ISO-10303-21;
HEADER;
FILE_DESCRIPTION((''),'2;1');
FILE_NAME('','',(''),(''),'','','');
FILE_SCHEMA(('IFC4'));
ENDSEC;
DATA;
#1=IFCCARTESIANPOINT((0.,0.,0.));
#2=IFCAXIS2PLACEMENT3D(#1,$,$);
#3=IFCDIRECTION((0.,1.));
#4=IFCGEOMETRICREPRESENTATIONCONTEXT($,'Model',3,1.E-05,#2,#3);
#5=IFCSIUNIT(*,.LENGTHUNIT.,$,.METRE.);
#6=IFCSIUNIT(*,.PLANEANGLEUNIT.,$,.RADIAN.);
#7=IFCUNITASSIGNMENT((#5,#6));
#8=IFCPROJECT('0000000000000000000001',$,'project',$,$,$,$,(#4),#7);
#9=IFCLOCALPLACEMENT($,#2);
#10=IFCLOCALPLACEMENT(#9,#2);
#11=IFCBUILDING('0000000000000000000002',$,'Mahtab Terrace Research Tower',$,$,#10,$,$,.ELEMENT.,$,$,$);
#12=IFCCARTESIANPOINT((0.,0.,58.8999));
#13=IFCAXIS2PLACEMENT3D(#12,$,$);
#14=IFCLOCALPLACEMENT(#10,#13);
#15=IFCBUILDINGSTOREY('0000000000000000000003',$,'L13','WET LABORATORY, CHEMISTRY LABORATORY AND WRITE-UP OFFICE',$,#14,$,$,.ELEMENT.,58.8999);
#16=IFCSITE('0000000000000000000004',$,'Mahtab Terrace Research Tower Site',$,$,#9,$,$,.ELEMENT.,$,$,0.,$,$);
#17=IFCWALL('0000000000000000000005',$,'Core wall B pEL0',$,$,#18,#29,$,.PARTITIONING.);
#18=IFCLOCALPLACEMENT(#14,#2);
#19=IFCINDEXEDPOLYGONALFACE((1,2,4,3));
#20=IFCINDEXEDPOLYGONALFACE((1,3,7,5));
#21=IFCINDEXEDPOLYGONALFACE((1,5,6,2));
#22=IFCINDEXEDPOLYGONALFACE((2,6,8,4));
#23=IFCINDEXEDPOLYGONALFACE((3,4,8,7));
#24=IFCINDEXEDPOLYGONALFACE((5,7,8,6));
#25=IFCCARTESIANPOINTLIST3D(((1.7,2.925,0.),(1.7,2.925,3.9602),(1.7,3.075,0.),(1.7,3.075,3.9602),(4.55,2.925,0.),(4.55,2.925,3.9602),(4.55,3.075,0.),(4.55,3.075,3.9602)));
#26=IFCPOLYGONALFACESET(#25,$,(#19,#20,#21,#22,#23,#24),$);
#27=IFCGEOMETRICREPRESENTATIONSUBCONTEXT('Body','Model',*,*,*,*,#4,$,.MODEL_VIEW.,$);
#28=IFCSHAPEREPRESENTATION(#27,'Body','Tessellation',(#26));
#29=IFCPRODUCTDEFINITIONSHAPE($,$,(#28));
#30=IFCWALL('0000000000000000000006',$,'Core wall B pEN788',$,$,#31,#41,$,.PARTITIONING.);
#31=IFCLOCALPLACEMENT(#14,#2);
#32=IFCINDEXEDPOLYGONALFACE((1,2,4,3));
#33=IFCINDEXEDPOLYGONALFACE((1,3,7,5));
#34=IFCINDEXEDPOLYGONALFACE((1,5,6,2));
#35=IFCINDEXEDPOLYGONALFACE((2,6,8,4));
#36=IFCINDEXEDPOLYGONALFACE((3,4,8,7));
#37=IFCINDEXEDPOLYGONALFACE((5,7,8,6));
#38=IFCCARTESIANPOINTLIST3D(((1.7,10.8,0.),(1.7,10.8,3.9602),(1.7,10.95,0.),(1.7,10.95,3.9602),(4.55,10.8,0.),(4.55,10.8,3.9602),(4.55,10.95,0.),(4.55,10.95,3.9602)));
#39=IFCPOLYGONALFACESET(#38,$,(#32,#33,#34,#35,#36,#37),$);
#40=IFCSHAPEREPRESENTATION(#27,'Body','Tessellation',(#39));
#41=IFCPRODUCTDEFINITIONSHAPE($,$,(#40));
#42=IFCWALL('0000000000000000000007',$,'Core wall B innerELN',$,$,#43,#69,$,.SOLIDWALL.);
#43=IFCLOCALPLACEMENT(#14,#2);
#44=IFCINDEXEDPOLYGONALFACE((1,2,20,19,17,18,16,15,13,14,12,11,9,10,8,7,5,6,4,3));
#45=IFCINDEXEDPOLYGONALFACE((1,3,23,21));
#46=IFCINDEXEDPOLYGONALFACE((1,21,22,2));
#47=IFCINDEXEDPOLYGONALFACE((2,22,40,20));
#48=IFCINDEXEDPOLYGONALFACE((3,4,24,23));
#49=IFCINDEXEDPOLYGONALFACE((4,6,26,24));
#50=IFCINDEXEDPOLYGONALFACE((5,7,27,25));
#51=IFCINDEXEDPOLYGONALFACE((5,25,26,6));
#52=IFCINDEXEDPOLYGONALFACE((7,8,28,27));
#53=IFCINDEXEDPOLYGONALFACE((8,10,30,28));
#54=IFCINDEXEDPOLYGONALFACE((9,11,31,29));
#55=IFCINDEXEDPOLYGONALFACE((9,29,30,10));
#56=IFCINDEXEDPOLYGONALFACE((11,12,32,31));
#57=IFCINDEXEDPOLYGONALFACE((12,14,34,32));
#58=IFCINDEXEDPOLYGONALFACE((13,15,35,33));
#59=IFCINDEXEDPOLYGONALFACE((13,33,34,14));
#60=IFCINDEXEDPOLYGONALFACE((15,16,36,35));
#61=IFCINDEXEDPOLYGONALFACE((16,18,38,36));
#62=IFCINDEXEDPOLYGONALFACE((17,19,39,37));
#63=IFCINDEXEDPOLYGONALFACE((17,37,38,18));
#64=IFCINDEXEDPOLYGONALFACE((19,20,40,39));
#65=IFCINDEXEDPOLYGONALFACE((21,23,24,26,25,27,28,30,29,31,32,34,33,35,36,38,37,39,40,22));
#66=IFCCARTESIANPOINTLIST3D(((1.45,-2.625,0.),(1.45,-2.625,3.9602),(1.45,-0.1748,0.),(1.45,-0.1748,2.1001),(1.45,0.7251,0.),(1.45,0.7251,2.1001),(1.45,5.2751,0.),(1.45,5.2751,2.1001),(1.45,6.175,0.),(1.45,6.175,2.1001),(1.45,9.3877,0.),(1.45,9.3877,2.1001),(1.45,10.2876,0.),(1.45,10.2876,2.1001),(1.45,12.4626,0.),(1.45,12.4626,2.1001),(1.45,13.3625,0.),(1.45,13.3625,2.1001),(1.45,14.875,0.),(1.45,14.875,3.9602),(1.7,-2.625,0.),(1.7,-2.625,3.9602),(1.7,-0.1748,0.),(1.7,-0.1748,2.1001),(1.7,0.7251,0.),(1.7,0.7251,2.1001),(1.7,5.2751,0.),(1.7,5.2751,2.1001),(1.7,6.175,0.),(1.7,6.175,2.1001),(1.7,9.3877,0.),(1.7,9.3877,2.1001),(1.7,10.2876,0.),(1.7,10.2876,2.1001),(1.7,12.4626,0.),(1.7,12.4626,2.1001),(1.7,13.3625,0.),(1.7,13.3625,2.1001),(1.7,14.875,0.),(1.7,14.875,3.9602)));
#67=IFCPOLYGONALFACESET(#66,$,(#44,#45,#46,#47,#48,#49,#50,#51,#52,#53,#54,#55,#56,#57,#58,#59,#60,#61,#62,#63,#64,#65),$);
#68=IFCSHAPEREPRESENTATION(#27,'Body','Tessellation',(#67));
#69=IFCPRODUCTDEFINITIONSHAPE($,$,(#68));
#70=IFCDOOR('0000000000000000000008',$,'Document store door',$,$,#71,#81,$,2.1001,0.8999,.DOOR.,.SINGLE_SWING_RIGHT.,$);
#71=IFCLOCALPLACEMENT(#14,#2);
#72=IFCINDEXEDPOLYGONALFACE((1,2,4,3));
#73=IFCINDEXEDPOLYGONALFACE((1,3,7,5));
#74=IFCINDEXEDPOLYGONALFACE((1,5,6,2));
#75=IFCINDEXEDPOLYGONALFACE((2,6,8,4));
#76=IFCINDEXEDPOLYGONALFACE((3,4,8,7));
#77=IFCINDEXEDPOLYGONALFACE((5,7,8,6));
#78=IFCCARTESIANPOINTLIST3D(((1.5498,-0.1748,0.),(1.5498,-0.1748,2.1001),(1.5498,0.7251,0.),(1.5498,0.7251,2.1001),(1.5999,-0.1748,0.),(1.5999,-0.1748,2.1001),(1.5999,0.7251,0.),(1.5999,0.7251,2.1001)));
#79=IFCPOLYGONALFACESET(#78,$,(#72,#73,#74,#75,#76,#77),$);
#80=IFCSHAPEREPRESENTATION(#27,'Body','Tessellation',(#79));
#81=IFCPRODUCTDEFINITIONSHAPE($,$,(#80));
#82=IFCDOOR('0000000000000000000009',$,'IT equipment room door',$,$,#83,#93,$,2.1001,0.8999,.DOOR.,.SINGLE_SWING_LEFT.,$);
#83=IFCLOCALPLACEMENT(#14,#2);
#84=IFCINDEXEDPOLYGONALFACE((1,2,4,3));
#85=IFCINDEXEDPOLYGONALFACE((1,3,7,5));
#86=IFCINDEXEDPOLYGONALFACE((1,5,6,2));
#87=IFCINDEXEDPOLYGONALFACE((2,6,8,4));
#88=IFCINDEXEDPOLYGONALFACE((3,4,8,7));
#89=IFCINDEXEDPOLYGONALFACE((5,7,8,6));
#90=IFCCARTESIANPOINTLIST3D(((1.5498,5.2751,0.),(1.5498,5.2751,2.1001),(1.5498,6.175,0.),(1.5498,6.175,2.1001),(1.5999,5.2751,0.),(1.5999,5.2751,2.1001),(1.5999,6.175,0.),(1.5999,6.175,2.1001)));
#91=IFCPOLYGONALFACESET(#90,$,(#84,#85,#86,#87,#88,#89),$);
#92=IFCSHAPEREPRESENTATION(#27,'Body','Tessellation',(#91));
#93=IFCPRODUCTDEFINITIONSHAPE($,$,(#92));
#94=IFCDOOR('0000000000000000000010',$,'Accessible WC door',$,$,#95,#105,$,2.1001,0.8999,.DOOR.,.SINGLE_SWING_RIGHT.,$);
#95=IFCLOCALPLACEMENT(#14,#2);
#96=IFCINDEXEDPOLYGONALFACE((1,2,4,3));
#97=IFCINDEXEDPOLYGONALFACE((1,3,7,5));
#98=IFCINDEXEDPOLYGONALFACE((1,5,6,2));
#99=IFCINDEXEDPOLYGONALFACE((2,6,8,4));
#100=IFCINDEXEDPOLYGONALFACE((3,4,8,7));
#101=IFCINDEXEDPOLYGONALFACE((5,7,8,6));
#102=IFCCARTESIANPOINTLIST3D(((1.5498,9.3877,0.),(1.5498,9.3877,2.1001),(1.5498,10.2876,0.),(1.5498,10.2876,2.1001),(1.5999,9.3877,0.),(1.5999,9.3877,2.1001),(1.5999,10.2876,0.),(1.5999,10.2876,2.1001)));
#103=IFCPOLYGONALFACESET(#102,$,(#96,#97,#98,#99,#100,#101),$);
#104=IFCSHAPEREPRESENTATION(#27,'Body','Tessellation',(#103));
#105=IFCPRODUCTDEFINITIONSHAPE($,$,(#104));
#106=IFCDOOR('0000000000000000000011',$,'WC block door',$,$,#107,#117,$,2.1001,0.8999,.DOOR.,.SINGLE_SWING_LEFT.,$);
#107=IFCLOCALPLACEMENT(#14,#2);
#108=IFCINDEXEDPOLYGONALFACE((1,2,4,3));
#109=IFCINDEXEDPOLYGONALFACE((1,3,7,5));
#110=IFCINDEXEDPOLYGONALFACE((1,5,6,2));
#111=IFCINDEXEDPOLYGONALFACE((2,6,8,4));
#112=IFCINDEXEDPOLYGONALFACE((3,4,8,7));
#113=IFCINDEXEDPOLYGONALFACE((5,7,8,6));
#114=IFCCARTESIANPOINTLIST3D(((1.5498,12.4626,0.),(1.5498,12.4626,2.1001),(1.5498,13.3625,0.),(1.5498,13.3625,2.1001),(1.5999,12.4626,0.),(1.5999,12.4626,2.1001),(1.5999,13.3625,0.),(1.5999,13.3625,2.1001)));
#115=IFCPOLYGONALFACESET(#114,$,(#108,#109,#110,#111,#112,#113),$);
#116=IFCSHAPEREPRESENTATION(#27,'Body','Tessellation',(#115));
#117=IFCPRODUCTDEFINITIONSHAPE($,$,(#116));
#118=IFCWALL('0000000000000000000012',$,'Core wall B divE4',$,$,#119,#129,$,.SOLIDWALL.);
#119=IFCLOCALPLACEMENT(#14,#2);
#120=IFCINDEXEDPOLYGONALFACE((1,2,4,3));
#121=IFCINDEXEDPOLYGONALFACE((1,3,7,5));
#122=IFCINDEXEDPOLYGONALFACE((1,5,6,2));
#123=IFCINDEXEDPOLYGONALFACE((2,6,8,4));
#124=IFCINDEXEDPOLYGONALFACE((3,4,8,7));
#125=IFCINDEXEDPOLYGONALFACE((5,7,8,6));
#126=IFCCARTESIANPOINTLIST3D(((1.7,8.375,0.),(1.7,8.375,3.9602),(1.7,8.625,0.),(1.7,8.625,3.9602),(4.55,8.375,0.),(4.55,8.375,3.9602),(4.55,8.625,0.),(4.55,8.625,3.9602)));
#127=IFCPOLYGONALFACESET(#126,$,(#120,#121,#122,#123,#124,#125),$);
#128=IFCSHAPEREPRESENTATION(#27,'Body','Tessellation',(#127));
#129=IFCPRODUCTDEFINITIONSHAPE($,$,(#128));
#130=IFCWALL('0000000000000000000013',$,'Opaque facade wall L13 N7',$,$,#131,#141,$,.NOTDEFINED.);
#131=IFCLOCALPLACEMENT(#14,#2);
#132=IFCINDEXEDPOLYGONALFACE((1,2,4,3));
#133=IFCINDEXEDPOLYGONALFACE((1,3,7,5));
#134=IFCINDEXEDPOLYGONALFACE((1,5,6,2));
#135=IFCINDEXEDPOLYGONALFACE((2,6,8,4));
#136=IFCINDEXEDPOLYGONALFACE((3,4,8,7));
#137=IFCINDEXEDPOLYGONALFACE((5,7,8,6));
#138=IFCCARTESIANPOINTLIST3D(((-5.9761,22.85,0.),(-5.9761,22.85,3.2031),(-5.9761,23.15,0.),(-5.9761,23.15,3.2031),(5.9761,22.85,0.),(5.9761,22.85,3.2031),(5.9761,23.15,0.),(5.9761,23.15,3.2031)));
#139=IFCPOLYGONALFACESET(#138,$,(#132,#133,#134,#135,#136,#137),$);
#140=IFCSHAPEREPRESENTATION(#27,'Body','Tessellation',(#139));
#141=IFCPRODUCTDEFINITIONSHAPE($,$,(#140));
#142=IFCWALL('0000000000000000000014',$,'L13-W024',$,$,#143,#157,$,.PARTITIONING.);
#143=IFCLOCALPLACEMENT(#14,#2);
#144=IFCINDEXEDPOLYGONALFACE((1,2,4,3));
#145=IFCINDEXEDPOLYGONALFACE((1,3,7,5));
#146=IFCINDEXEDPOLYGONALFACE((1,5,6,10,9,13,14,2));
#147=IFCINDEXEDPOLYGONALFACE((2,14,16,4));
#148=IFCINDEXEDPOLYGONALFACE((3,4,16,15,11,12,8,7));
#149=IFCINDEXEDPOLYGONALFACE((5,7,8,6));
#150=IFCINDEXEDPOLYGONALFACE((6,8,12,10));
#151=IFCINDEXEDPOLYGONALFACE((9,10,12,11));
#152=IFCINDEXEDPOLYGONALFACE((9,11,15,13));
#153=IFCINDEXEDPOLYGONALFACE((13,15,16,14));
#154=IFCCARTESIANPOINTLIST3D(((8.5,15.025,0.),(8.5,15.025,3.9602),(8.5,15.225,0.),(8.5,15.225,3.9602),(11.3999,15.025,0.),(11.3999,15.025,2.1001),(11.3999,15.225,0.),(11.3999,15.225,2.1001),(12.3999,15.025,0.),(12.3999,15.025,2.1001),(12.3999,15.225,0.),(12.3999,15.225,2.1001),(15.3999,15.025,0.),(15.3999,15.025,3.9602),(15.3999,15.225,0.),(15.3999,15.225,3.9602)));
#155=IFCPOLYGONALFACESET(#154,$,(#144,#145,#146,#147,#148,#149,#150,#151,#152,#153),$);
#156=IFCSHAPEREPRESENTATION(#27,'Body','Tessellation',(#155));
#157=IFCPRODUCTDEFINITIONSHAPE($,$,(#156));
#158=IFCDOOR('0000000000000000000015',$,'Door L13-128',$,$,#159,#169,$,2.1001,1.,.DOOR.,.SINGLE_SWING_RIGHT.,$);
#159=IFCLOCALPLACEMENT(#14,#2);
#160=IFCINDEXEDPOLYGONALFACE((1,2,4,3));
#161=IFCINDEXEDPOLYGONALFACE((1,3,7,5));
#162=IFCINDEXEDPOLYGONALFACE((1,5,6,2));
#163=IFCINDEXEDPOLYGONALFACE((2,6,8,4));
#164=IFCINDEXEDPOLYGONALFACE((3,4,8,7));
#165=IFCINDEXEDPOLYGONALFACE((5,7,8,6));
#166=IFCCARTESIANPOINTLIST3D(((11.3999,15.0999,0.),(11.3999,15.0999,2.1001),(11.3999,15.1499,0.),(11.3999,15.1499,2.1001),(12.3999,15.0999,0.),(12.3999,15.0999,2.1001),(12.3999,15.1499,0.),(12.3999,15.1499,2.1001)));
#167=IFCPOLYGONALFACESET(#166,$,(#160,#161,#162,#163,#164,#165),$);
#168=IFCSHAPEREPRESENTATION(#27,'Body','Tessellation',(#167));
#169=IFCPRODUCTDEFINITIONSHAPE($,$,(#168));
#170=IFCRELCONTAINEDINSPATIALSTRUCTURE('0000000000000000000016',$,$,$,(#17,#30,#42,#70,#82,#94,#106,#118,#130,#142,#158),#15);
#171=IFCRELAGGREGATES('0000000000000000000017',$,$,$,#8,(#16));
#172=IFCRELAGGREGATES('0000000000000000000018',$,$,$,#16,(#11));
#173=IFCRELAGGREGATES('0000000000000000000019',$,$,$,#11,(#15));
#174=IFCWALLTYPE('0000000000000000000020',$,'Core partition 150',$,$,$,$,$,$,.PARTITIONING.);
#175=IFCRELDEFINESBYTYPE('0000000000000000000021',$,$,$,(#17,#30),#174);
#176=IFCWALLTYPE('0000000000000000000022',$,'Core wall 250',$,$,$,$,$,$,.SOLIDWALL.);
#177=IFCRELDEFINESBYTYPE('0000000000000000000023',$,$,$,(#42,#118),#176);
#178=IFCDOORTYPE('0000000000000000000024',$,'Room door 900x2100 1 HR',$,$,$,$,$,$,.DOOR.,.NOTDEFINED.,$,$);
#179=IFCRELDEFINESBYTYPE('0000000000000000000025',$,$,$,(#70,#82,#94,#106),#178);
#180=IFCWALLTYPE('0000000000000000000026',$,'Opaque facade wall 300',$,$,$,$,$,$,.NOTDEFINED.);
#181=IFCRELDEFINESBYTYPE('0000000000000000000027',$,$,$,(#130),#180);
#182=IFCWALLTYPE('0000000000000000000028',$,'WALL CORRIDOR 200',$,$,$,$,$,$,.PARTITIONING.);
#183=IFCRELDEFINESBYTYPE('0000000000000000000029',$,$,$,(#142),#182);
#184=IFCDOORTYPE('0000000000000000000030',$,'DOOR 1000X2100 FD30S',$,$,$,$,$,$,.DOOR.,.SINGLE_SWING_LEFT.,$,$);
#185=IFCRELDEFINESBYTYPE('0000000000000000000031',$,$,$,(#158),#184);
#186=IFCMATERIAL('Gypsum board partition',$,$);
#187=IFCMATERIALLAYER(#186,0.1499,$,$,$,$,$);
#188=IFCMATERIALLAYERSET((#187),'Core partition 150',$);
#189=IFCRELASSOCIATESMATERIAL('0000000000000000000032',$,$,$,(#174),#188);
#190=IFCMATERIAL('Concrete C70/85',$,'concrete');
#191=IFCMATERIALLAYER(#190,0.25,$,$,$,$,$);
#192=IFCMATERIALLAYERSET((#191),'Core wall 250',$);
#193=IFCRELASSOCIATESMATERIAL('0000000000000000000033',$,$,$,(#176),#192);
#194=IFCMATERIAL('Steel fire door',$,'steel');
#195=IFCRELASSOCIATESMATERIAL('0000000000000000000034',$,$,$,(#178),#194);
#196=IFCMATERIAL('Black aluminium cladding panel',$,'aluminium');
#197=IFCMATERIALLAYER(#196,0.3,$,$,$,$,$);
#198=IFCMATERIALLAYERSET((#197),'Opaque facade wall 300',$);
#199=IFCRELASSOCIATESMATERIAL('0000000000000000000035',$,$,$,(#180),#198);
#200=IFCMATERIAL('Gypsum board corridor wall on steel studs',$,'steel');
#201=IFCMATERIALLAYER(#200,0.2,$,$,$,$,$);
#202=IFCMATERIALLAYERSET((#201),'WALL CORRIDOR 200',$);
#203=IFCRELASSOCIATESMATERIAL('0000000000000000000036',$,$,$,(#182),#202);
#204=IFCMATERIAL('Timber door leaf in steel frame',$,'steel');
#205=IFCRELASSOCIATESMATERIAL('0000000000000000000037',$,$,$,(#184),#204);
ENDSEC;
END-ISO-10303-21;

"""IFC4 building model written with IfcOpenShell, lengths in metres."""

from ifc_helpers import new_model, si_unit, direction, frame, frame_2d, origin, place, context, subcontext, project, spatial, rectangle, extrude, material, layer, layer_set, type_object, element, fill, save


model = new_model("IFC4")

# Units and contexts
model_context = context("Model", 3, precision=1e-05, world=origin(), true_north=direction((0.0, 1.0)))
body_context = subcontext(model_context, "Body", "Model", "MODEL_VIEW")
ifc_project = project(units=[si_unit("LENGTHUNIT", "METRE"), si_unit("PLANEANGLEUNIT", "RADIAN")], contexts=[model_context])

# Site, building, storey
site_placement = place(None, origin())
site = spatial("IfcSite", under=ifc_project, at=site_placement, Name="Mahtab Terrace Research Tower Site", CompositionType="ELEMENT", RefElevation=0.0)
building_placement = place(site_placement, origin())
building = spatial("IfcBuilding", under=site, at=building_placement, Name="Mahtab Terrace Research Tower", CompositionType="ELEMENT")
storey_placement = place(building_placement, frame((0.0, 0.0, 58.8999)))
storey = spatial("IfcBuildingStorey", under=building, at=storey_placement, Name="L13", Description="WET LABORATORY, CHEMISTRY LABORATORY AND WRITE-UP OFFICE", CompositionType="ELEMENT", Elevation=58.8999)

# Shared definitions
ifc_material_1 = material(Name="Concrete C70/85", Category="concrete")

# Walls
ifc_material_2 = material(Name="Gypsum board partition")
ifc_layer_1 = layer(ifc_material_2, 0.1499)
ifc_layer_set_1 = layer_set([ifc_layer_1], Name="Core partition 150")
wall_type_1 = type_object("IfcWallType", Name="Core partition 150", PredefinedType="PARTITIONING", material=ifc_layer_set_1)
for number, where, z_axis, x_axis, name in (
    (1, (1.7, 3.0, 0.0), (0.0, 0.0, 1.0), (1.0, 0.0, 0.0), "Core wall B pEL0"),
    (2, (1.7, 10.875, 0.0), (0.0, 0.0, 1.0), (1.0, 0.0, 0.0), "Core wall B pEN788"),
):
    element("IfcWall", number, at=place(storey_placement, frame(where, z_axis=z_axis, x_axis=x_axis)), inside=storey, type_object=wall_type_1, Name=name, PredefinedType="PARTITIONING", context=body_context, shape_type="SweptSolid", body=[
        extrude(rectangle(XDim=2.8501, YDim=0.1499, at=frame_2d((1.425, 0.0))), origin(), (0.0, 0.0, 1.0), 3.9602),
    ])

# Wall, openings, doors
ifc_layer_2 = layer(ifc_material_1, 0.25)
ifc_layer_set_2 = layer_set([ifc_layer_2], Name="Core wall 250")
wall_type_2 = type_object("IfcWallType", Name="Core wall 250", PredefinedType="SOLIDWALL", material=ifc_layer_set_2)
wall_1_placement = place(storey_placement, frame((1.575, 14.875, 0.0), z_axis=(0.0, 0.0, 1.0), x_axis=(0.0, -1.0, 0.0)))
wall_1 = element("IfcWall", 3, at=wall_1_placement, inside=storey, type_object=wall_type_2, Name="Core wall B innerELN", PredefinedType="SOLIDWALL", context=body_context, shape_type="SweptSolid", body=[
    extrude(rectangle(XDim=17.5, YDim=0.25, at=frame_2d((8.75, 0.0))), origin(), (0.0, 0.0, 1.0), 3.9602),
])
opening_1_placement = place(wall_1_placement, frame((14.1499, 0.0, 0.0)))
opening_1 = element("IfcOpeningElement", 4, at=opening_1_placement, cuts=wall_1, PredefinedType="OPENING", context=body_context, shape_type="SweptSolid", body=[
    extrude(rectangle(XDim=0.8999, YDim=2.1001, at=frame_2d((0.45, 1.05))), frame((0.0, 0.135, 0.0), z_axis=(0.0, -1.0, 0.0), x_axis=(1.0, 0.0, 0.0)), (0.0, 0.0, 1.0), 0.27),
])
opening_2_placement = place(wall_1_placement, frame((8.7, 0.0, 0.0)))
opening_2 = element("IfcOpeningElement", 5, at=opening_2_placement, cuts=wall_1, PredefinedType="OPENING", context=body_context, shape_type="SweptSolid", body=[
    extrude(rectangle(XDim=0.8999, YDim=2.1001, at=frame_2d((0.45, 1.05))), frame((0.0, 0.135, 0.0), z_axis=(0.0, -1.0, 0.0), x_axis=(1.0, 0.0, 0.0)), (0.0, 0.0, 1.0), 0.27),
])
opening_3_placement = place(wall_1_placement, frame((4.5874, 0.0, 0.0)))
opening_3 = element("IfcOpeningElement", 6, at=opening_3_placement, cuts=wall_1, PredefinedType="OPENING", context=body_context, shape_type="SweptSolid", body=[
    extrude(rectangle(XDim=0.8999, YDim=2.1001, at=frame_2d((0.45, 1.05))), frame((0.0, 0.135, 0.0), z_axis=(0.0, -1.0, 0.0), x_axis=(1.0, 0.0, 0.0)), (0.0, 0.0, 1.0), 0.27),
])
opening_4_placement = place(wall_1_placement, frame((1.5125, 0.0, 0.0)))
opening_4 = element("IfcOpeningElement", 7, at=opening_4_placement, cuts=wall_1, PredefinedType="OPENING", context=body_context, shape_type="SweptSolid", body=[
    extrude(rectangle(XDim=0.8999, YDim=2.1001, at=frame_2d((0.45, 1.05))), frame((0.0, 0.135, 0.0), z_axis=(0.0, -1.0, 0.0), x_axis=(1.0, 0.0, 0.0)), (0.0, 0.0, 1.0), 0.27),
])
ifc_material_3 = material(Name="Steel fire door", Category="steel")
door_type_1 = type_object("IfcDoorType", Name="Room door 900x2100 1 HR", OperationType="NOTDEFINED", PredefinedType="DOOR", material=ifc_material_3)
door_1_placement = place(opening_1_placement, origin())
door_1 = element("IfcDoor", 8, at=door_1_placement, inside=storey, type_object=door_type_1, Name="Document store door", OperationType="SINGLE_SWING_RIGHT", OverallHeight=2.1001, OverallWidth=0.8999, PredefinedType="DOOR", context=body_context, shape_type="SweptSolid", body=[
    extrude(rectangle(XDim=0.8999, YDim=2.1001, at=frame_2d((0.45, 1.05))), frame((0.0, 0.0249, 0.0), z_axis=(0.0, -1.0, 0.0), x_axis=(1.0, 0.0, 0.0)), (0.0, 0.0, 1.0), 0.05),
])
fill(opening_1, door_1)
door_2_placement = place(opening_2_placement, origin())
door_2 = element("IfcDoor", 9, at=door_2_placement, inside=storey, type_object=door_type_1, Name="IT equipment room door", OperationType="SINGLE_SWING_LEFT", OverallHeight=2.1001, OverallWidth=0.8999, PredefinedType="DOOR", context=body_context, shape_type="SweptSolid", body=[
    extrude(rectangle(XDim=0.8999, YDim=2.1001, at=frame_2d((0.45, 1.05))), frame((0.0, 0.0249, 0.0), z_axis=(0.0, -1.0, 0.0), x_axis=(1.0, 0.0, 0.0)), (0.0, 0.0, 1.0), 0.05),
])
fill(opening_2, door_2)
door_3_placement = place(opening_3_placement, origin())
door_3 = element("IfcDoor", 10, at=door_3_placement, inside=storey, type_object=door_type_1, Name="Accessible WC door", OperationType="SINGLE_SWING_RIGHT", OverallHeight=2.1001, OverallWidth=0.8999, PredefinedType="DOOR", context=body_context, shape_type="SweptSolid", body=[
    extrude(rectangle(XDim=0.8999, YDim=2.1001, at=frame_2d((0.45, 1.05))), frame((0.0, 0.0249, 0.0), z_axis=(0.0, -1.0, 0.0), x_axis=(1.0, 0.0, 0.0)), (0.0, 0.0, 1.0), 0.05),
])
fill(opening_3, door_3)
door_4_placement = place(opening_4_placement, origin())
door_4 = element("IfcDoor", 11, at=door_4_placement, inside=storey, type_object=door_type_1, Name="WC block door", OperationType="SINGLE_SWING_LEFT", OverallHeight=2.1001, OverallWidth=0.8999, PredefinedType="DOOR", context=body_context, shape_type="SweptSolid", body=[
    extrude(rectangle(XDim=0.8999, YDim=2.1001, at=frame_2d((0.45, 1.05))), frame((0.0, 0.0249, 0.0), z_axis=(0.0, -1.0, 0.0), x_axis=(1.0, 0.0, 0.0)), (0.0, 0.0, 1.0), 0.05),
])
fill(opening_4, door_4)

# Walls
wall_2_placement = place(storey_placement, frame((1.7, 8.5, 0.0), z_axis=(0.0, 0.0, 1.0), x_axis=(1.0, 0.0, 0.0)))
element("IfcWall", 12, at=wall_2_placement, inside=storey, type_object=wall_type_2, Name="Core wall B divE4", PredefinedType="SOLIDWALL", context=body_context, shape_type="SweptSolid", body=[
    extrude(rectangle(XDim=2.8501, YDim=0.25, at=frame_2d((1.425, 0.0))), origin(), (0.0, 0.0, 1.0), 3.9602),
])
ifc_material_4 = material(Name="Black aluminium cladding panel", Category="aluminium")
ifc_layer_3 = layer(ifc_material_4, 0.3)
ifc_layer_set_3 = layer_set([ifc_layer_3], Name="Opaque facade wall 300")
wall_type_3 = type_object("IfcWallType", Name="Opaque facade wall 300", PredefinedType="NOTDEFINED", material=ifc_layer_set_3)
wall_3_placement = place(storey_placement, frame((5.9761, 23.0, 0.0), z_axis=(0.0, 0.0, 1.0), x_axis=(-1.0, 0.0, 0.0)))
element("IfcWall", 13, at=wall_3_placement, inside=storey, type_object=wall_type_3, Name="Opaque facade wall L13 N7", PredefinedType="NOTDEFINED", context=body_context, shape_type="SweptSolid", body=[
    extrude(rectangle(XDim=11.9521, YDim=0.3, at=frame_2d((5.9761, 0.0))), origin(), (0.0, 0.0, 1.0), 3.2031),
])

# Wall, opening, door
ifc_material_5 = material(Name="Gypsum board corridor wall on steel studs", Category="steel")
ifc_layer_4 = layer(ifc_material_5, 0.2)
ifc_layer_set_4 = layer_set([ifc_layer_4], Name="WALL CORRIDOR 200")
wall_type_4 = type_object("IfcWallType", Name="WALL CORRIDOR 200", PredefinedType="PARTITIONING", material=ifc_layer_set_4)
wall_4_placement = place(storey_placement, frame((8.5, 15.125, 0.0), z_axis=(0.0, 0.0, 1.0), x_axis=(1.0, 0.0, 0.0)))
wall_4 = element("IfcWall", 14, at=wall_4_placement, inside=storey, type_object=wall_type_4, Name="L13-W024", PredefinedType="PARTITIONING", context=body_context, shape_type="SweptSolid", body=[
    extrude(rectangle(XDim=6.8999, YDim=0.2, at=frame_2d((3.45, 0.0))), origin(), (0.0, 0.0, 1.0), 3.9602),
])
opening_5_placement = place(wall_4_placement, frame((2.8999, 0.0, 0.0)))
opening_5 = element("IfcOpeningElement", 15, at=opening_5_placement, cuts=wall_4, PredefinedType="OPENING", context=body_context, shape_type="SweptSolid", body=[
    extrude(rectangle(XDim=1.0, YDim=2.1001, at=frame_2d((0.5, 1.05))), frame((0.0, 0.1099, 0.0), z_axis=(0.0, -1.0, 0.0), x_axis=(1.0, 0.0, 0.0)), (0.0, 0.0, 1.0), 0.22),
])
ifc_material_6 = material(Name="Timber door leaf in steel frame", Category="steel")
door_type_2 = type_object("IfcDoorType", Name="DOOR 1000X2100 FD30S", OperationType="SINGLE_SWING_LEFT", PredefinedType="DOOR", material=ifc_material_6)
door_5_placement = place(opening_5_placement, origin())
door_5 = element("IfcDoor", 16, at=door_5_placement, inside=storey, type_object=door_type_2, Name="Door L13-128", OperationType="SINGLE_SWING_RIGHT", OverallHeight=2.1001, OverallWidth=1.0, PredefinedType="DOOR", context=body_context, shape_type="SweptSolid", body=[
    extrude(rectangle(XDim=1.0, YDim=2.1001, at=frame_2d((0.5, 1.05))), frame((0.0, 0.0249, 0.0), z_axis=(0.0, -1.0, 0.0), x_axis=(1.0, 0.0, 0.0)), (0.0, 0.0, 1.0), 0.05),
])
fill(opening_5, door_5)

save(model, "model.ifc")
